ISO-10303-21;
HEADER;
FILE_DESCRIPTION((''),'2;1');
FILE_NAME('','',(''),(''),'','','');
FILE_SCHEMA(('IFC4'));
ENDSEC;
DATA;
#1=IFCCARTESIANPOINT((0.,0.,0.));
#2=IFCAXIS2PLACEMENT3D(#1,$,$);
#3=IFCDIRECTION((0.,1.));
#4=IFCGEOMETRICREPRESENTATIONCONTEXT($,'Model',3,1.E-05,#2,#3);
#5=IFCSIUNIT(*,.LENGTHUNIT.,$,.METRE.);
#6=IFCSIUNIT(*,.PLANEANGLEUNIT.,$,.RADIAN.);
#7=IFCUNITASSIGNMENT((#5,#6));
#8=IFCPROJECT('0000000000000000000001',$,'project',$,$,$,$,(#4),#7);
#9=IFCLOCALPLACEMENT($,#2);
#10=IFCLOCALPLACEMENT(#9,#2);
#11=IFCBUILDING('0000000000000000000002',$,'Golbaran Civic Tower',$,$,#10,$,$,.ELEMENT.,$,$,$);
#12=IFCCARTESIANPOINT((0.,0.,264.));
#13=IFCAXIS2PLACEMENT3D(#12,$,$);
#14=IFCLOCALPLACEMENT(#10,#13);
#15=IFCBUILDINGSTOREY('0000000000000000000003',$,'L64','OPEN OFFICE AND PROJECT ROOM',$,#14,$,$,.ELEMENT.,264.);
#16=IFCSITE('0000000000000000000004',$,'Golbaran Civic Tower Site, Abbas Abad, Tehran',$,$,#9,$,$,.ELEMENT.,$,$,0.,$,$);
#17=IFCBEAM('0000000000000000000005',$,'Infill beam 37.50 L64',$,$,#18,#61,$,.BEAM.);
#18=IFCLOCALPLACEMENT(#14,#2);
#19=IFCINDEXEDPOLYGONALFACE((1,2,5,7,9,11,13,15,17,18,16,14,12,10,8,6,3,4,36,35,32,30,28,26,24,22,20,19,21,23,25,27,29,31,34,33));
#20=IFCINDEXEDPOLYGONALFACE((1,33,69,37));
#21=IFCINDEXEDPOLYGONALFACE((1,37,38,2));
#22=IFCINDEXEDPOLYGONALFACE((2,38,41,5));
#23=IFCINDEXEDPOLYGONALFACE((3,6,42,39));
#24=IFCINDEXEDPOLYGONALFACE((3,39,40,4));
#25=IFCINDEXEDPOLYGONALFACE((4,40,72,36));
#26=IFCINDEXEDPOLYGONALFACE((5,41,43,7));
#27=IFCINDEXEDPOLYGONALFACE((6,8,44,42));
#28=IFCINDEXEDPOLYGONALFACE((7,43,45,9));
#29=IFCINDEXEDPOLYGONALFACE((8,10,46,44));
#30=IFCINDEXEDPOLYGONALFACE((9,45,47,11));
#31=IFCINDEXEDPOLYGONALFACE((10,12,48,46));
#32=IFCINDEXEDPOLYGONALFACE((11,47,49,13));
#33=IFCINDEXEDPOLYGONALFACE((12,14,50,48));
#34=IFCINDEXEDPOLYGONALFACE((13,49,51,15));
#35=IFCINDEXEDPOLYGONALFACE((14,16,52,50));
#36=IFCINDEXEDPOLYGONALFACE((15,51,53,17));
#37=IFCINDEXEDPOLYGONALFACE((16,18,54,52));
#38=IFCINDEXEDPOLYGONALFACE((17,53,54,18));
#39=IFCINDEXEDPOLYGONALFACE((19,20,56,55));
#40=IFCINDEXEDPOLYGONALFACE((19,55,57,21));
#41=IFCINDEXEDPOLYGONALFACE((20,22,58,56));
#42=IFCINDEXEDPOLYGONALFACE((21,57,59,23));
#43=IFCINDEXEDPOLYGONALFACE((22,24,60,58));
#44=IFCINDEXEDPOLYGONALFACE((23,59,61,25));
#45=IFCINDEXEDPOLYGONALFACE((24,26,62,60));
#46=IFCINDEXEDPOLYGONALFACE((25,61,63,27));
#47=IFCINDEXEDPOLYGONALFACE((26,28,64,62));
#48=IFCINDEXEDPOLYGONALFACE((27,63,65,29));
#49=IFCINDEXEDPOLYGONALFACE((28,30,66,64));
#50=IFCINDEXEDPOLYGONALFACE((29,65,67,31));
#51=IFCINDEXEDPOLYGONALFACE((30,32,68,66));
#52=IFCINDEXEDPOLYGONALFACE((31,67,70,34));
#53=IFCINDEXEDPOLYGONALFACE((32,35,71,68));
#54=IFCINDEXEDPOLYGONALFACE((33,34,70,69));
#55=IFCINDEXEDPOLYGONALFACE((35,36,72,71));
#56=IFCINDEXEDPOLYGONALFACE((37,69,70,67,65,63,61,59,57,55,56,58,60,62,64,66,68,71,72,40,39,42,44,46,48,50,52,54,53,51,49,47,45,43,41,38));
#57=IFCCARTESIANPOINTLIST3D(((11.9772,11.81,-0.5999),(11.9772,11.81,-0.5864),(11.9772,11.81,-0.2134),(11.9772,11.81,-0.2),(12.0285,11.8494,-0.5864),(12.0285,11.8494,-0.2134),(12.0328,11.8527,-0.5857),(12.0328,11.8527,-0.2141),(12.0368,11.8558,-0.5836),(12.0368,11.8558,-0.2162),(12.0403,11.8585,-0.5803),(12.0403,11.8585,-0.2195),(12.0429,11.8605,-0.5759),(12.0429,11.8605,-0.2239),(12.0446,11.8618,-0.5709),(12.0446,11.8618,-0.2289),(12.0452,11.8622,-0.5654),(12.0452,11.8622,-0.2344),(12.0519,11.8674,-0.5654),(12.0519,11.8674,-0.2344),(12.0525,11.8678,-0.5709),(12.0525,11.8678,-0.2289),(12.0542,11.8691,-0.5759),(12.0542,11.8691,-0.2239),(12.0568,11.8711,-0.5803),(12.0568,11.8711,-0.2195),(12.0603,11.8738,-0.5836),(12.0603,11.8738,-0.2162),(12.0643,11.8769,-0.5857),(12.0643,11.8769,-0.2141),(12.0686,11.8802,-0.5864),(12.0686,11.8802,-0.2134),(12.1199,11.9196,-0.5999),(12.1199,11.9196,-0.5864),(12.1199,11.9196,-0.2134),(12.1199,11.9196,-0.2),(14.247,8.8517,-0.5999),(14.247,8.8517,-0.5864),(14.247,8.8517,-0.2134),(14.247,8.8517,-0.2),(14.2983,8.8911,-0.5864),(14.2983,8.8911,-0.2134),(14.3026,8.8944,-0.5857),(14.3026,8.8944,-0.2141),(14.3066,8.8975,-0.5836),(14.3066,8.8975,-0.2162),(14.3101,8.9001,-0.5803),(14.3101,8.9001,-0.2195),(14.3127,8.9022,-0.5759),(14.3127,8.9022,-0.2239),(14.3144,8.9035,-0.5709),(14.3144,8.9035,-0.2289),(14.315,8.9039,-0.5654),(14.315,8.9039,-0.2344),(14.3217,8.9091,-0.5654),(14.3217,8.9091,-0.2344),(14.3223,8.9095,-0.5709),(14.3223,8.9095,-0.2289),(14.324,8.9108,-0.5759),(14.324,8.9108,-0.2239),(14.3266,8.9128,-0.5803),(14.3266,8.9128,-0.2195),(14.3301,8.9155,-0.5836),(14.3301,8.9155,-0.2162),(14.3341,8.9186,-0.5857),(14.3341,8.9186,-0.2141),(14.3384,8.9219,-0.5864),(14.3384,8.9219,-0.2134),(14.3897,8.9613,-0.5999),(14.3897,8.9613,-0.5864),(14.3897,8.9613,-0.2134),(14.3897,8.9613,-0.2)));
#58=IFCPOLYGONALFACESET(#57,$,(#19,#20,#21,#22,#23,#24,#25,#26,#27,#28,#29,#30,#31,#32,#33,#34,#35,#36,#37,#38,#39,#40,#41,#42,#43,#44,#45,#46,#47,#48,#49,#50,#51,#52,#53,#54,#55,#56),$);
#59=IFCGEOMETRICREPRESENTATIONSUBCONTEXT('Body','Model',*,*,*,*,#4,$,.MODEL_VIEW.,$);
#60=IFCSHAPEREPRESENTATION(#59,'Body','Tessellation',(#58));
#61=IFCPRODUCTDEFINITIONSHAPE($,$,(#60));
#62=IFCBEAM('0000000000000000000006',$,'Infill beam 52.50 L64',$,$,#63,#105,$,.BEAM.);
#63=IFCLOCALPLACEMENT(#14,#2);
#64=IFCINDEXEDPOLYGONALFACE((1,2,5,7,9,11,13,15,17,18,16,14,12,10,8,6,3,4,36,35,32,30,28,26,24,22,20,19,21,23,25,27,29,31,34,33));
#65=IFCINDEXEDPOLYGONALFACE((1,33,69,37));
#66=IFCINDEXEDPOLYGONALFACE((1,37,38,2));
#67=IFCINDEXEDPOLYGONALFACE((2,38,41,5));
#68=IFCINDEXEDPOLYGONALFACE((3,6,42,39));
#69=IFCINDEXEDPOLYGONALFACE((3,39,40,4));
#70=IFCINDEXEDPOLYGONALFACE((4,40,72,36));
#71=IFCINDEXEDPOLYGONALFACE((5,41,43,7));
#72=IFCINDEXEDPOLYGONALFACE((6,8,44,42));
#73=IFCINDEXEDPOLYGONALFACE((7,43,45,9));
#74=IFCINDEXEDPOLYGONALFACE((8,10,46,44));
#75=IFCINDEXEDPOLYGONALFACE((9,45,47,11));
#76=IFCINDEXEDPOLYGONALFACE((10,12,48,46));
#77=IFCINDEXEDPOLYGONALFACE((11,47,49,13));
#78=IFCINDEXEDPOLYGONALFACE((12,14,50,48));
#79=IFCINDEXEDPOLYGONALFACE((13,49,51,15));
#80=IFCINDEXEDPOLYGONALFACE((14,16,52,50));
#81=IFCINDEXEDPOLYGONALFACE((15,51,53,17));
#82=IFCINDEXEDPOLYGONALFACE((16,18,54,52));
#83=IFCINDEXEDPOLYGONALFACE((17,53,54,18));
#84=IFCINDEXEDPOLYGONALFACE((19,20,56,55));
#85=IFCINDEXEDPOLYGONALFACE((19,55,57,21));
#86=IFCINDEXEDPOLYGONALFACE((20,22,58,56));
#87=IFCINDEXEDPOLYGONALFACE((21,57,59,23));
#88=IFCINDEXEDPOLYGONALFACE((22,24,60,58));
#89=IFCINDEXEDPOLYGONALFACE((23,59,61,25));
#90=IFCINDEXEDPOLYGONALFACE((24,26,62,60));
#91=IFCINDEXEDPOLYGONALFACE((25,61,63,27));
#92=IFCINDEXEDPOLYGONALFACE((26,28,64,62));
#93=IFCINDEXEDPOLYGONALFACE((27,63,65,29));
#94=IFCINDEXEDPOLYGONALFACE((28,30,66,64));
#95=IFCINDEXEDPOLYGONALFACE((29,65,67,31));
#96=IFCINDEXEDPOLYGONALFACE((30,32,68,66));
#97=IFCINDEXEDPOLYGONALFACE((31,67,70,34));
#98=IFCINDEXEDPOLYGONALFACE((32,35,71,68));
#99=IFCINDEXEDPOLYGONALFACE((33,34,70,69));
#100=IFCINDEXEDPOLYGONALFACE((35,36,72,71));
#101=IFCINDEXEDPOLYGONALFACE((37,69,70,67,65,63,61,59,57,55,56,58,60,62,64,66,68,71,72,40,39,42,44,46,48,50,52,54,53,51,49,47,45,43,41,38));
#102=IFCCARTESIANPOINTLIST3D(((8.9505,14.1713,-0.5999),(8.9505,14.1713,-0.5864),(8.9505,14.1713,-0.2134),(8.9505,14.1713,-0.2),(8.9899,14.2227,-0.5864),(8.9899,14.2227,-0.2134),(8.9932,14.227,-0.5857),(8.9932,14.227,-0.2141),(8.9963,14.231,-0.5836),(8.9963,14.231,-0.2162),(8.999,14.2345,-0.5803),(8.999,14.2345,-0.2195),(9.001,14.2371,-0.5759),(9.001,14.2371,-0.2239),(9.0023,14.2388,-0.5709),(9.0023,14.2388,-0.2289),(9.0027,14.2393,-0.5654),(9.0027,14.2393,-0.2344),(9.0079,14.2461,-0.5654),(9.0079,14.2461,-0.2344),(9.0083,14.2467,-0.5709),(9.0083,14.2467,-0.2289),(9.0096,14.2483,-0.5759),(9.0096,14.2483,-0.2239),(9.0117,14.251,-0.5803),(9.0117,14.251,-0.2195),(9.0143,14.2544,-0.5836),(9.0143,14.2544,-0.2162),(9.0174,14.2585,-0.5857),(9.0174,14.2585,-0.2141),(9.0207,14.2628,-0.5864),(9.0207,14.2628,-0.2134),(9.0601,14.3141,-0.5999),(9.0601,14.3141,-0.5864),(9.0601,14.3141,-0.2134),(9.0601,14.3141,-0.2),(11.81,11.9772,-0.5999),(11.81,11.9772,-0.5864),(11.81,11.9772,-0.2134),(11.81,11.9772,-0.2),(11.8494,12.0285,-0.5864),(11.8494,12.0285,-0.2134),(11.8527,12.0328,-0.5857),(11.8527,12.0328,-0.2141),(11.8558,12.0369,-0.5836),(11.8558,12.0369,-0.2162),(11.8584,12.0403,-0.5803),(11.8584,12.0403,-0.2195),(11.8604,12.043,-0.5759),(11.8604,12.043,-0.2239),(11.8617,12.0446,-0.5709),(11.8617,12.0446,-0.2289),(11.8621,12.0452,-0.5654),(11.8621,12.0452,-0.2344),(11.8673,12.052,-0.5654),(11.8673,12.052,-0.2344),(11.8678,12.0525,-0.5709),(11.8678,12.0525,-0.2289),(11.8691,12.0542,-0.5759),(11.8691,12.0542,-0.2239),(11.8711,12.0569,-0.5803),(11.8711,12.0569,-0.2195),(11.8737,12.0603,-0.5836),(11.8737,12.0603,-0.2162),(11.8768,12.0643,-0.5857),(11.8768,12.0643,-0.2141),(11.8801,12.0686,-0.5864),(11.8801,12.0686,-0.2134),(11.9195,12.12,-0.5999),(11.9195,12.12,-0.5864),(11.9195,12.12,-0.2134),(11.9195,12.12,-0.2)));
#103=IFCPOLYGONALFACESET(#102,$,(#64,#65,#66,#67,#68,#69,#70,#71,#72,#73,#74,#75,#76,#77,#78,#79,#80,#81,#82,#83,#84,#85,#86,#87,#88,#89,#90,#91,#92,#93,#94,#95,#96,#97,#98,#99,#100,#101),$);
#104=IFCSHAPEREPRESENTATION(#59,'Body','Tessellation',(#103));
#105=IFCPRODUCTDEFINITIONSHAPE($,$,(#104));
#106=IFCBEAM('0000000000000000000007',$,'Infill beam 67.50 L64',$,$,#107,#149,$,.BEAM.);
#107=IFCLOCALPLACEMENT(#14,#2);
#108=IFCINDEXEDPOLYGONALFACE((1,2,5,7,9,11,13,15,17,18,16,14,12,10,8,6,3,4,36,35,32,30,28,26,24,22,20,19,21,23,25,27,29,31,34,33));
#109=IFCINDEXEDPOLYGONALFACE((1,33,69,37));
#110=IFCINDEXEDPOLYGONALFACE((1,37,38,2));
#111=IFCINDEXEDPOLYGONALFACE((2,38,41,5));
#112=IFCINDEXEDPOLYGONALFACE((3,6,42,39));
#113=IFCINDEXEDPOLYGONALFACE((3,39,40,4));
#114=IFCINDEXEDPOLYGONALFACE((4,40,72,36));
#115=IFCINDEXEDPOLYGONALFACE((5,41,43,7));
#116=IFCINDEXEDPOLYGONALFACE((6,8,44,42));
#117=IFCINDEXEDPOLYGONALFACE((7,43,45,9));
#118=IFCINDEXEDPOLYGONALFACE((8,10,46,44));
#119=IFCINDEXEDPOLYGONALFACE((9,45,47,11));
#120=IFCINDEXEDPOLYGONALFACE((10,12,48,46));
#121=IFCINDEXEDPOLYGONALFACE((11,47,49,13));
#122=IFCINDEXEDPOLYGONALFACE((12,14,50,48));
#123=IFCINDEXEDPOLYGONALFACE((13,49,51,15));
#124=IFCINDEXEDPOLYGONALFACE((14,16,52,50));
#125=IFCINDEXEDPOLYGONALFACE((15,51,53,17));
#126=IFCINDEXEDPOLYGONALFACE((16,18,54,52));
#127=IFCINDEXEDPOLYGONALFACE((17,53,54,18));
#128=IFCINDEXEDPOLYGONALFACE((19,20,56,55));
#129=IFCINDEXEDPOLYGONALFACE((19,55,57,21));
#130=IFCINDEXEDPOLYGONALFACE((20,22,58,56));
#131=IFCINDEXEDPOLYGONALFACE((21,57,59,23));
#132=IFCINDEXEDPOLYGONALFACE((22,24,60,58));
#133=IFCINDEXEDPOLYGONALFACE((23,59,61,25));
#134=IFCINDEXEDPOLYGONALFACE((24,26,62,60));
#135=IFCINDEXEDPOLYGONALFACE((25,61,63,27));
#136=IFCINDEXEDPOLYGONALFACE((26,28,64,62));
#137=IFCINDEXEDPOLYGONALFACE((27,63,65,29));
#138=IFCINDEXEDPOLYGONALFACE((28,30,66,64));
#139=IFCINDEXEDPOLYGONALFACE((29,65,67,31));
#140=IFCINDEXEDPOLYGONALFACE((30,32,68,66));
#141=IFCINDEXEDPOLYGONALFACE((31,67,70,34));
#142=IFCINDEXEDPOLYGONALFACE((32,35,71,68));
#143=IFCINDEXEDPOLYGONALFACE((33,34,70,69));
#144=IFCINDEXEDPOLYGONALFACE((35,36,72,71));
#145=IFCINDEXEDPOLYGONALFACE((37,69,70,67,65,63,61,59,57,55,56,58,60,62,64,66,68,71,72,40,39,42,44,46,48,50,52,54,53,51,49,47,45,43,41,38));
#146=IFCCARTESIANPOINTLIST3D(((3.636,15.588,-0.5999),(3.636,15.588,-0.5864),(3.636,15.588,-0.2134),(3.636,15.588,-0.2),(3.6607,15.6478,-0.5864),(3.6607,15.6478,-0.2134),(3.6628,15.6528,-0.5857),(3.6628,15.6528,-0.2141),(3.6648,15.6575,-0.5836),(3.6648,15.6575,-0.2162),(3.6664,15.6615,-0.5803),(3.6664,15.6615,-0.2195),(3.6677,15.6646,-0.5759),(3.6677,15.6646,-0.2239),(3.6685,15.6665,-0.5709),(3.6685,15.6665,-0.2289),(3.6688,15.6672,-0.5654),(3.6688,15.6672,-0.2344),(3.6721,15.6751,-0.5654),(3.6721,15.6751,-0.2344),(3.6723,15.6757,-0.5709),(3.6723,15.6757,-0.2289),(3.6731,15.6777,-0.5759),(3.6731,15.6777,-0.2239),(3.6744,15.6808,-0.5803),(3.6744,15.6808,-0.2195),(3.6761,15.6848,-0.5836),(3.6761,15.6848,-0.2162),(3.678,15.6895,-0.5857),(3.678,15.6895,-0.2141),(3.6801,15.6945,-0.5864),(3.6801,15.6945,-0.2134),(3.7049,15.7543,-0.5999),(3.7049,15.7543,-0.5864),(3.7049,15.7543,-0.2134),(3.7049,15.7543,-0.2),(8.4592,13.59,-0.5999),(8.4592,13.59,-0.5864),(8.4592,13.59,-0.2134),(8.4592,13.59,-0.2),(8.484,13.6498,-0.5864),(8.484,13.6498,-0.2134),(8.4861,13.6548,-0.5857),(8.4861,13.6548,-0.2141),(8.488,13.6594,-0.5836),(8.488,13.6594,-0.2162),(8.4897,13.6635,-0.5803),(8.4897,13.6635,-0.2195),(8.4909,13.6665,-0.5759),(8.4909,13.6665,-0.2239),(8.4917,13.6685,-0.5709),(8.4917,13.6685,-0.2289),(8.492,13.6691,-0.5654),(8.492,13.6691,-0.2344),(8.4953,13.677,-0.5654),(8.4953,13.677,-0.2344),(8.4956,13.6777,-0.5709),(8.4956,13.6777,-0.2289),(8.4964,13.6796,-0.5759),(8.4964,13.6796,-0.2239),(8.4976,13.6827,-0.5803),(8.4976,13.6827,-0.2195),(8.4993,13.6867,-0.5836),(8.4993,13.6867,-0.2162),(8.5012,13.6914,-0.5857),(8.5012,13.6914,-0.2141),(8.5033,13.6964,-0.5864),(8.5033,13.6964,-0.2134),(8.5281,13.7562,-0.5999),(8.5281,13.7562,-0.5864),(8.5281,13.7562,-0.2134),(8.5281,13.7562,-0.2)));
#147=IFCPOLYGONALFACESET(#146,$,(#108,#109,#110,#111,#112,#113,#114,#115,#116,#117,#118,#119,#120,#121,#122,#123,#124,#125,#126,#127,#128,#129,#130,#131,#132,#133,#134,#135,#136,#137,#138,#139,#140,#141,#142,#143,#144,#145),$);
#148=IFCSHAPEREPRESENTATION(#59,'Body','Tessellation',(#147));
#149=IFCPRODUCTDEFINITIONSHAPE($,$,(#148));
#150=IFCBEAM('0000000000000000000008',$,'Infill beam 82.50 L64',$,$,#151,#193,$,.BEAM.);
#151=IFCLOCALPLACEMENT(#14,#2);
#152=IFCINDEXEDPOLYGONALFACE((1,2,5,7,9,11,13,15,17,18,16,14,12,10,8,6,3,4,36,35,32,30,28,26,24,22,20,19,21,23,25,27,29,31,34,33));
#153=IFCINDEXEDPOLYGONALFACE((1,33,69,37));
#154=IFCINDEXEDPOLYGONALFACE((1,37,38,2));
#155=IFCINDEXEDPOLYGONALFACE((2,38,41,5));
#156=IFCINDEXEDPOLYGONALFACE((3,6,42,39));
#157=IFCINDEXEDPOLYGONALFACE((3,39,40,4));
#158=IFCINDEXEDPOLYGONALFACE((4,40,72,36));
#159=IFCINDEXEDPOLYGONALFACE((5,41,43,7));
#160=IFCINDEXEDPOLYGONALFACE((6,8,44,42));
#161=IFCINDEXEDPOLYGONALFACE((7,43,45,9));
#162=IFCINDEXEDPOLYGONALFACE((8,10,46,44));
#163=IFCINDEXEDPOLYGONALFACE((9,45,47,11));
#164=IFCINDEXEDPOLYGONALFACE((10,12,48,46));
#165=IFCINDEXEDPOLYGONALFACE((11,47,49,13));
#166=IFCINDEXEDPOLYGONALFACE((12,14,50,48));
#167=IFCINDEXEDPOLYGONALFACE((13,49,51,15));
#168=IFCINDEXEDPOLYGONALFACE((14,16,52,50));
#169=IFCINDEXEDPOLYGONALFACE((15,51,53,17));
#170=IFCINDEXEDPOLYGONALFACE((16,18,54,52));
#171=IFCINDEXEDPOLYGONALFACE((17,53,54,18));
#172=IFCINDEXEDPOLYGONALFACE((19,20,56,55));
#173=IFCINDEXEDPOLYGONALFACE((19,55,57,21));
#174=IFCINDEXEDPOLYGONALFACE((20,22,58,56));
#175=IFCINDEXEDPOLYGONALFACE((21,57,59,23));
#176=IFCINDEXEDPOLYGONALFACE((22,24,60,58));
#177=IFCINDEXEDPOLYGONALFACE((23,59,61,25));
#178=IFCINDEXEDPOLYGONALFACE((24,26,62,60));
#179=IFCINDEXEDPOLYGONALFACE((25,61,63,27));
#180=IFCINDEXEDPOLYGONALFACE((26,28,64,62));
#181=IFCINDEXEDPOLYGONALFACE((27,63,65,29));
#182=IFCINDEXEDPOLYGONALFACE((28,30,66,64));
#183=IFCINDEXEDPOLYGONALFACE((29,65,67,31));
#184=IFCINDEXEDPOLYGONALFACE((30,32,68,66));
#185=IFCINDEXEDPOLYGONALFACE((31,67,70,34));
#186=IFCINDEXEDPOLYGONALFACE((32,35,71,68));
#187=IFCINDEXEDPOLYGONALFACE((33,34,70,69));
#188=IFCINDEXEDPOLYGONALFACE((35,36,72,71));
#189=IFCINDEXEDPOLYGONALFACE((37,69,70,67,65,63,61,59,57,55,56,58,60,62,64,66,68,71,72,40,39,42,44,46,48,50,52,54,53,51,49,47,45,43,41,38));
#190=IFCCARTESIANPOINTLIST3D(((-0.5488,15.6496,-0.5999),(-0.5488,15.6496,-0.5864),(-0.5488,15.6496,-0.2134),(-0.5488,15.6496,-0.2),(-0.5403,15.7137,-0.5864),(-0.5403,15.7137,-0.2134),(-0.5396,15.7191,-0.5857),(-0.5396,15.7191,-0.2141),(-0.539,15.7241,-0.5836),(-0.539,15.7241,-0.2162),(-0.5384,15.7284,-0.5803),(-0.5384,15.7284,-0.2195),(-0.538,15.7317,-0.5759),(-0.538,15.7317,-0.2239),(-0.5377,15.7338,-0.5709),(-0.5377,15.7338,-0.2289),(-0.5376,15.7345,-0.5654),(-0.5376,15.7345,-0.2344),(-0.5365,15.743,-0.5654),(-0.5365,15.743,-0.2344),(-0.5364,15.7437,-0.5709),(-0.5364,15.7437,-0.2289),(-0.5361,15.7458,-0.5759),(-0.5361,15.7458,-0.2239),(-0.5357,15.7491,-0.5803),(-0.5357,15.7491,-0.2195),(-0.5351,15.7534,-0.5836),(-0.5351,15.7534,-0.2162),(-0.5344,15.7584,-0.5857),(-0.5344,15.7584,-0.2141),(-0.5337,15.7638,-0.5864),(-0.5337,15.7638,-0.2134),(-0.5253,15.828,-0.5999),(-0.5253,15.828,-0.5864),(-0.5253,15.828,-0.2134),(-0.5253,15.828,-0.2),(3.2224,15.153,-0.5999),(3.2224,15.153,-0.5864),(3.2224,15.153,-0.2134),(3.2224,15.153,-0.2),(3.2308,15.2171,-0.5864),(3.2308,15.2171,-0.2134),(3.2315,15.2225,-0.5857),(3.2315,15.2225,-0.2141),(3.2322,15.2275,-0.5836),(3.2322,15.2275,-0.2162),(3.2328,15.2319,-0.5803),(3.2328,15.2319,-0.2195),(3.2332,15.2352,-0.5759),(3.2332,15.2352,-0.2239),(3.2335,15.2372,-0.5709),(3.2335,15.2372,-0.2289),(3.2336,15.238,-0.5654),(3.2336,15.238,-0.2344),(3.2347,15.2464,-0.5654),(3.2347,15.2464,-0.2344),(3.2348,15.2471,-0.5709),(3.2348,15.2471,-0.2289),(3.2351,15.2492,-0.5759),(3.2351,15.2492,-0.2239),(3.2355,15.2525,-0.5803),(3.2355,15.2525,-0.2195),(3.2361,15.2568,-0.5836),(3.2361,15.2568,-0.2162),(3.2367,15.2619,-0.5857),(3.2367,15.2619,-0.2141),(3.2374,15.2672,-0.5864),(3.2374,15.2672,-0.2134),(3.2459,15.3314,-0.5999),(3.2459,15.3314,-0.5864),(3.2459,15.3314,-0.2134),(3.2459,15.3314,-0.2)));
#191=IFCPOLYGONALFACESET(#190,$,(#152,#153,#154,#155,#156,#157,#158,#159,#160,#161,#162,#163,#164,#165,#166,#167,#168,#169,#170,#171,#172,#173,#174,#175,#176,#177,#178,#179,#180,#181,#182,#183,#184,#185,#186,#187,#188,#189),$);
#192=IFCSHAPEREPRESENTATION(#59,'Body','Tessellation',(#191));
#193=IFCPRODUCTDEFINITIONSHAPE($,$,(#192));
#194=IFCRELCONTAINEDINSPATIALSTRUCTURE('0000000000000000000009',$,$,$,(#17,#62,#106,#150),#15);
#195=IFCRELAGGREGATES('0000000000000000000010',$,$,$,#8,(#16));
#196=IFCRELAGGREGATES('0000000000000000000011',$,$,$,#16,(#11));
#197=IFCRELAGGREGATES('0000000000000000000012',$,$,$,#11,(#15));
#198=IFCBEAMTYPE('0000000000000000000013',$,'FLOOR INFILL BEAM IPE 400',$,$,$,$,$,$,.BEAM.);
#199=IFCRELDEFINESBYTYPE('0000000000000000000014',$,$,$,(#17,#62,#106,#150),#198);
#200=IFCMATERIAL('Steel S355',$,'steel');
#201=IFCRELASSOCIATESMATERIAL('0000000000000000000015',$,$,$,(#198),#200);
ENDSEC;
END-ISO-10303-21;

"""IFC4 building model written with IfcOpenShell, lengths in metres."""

from ifc_helpers import new_model, si_unit, direction, frame, origin, origin_2d, place, context, subcontext, project, spatial, i_section, extrude, material, material_profile, profile_set, type_object, element, save


model = new_model("IFC4")

# Units and contexts
model_context = context("Model", 3, precision=1e-05, world=origin(), true_north=direction((0.0, 1.0)))
body_context = subcontext(model_context, "Body", "Model", "MODEL_VIEW")
ifc_project = project(units=[si_unit("LENGTHUNIT", "METRE"), si_unit("PLANEANGLEUNIT", "RADIAN")], contexts=[model_context])

# Site, building, storey
site_placement = place(None, origin())
site = spatial("IfcSite", under=ifc_project, at=site_placement, Name="Golbaran Civic Tower Site, Abbas Abad, Tehran", CompositionType="ELEMENT", RefElevation=0.0)
building_placement = place(site_placement, origin())
building = spatial("IfcBuilding", under=site, at=building_placement, Name="Golbaran Civic Tower", CompositionType="ELEMENT")
storey_placement = place(building_placement, frame((0.0, 0.0, 264.0)))
storey = spatial("IfcBuildingStorey", under=building, at=storey_placement, Name="L64", Description="OPEN OFFICE AND PROJECT ROOM", CompositionType="ELEMENT", Elevation=264.0)

# Beams
ifc_material_1 = material(Name="Steel S355", Category="steel")
ifc_material_profile_1 = material_profile(ifc_material_1, i_section(OverallWidth=0.1799, OverallDepth=0.3999, WebThickness=0.0085, FlangeThickness=0.0134, FilletRadius=0.021, at=origin_2d()), Name="IPE 400")
ifc_profile_set_1 = profile_set([ifc_material_profile_1], Name="Steel S355")
beam_type_1 = type_object("IfcBeamType", Name="FLOOR INFILL BEAM IPE 400", PredefinedType="BEAM", material=ifc_profile_set_1)
beam_1_placement = place(storey_placement, frame((14.3184, 8.9065, -0.3999), z_axis=(-0.608733, 0.793376, 0.0), x_axis=(-0.793376, -0.608733, 0.0)))
element("IfcBeam", 1, at=beam_1_placement, inside=storey, type_object=beam_type_1, Name="Infill beam 37.50 L64", PredefinedType="BEAM", context=body_context, shape_type="SweptSolid", body=[
    extrude(i_section(OverallWidth=0.1799, OverallDepth=0.3999, WebThickness=0.0085, FlangeThickness=0.0134, FilletRadius=0.021, at=origin_2d()), origin(), (0.0, 0.0, 1.0), 3.7288),
])
beam_2_placement = place(storey_placement, frame((11.8647, 12.0486, -0.3999), z_axis=(-0.793351, 0.608764, 0.0), x_axis=(-0.608764, -0.793351, 0.0)))
element("IfcBeam", 2, at=beam_2_placement, inside=storey, type_object=beam_type_1, Name="Infill beam 52.50 L64", PredefinedType="BEAM", context=body_context, shape_type="SweptSolid", body=[
    extrude(i_section(OverallWidth=0.1799, OverallDepth=0.3999, WebThickness=0.0085, FlangeThickness=0.0134, FilletRadius=0.021, at=origin_2d()), origin(), (0.0, 0.0, 1.0), 3.6042),
])
beam_3_placement = place(storey_placement, frame((8.4937, 13.6731, -0.3999), z_axis=(-0.923866, 0.382715, 0.0), x_axis=(-0.382715, -0.923866, 0.0)))
element("IfcBeam", 3, at=beam_3_placement, inside=storey, type_object=beam_type_1, Name="Infill beam 67.50 L64", PredefinedType="BEAM", context=body_context, shape_type="SweptSolid", body=[
    extrude(i_section(OverallWidth=0.1799, OverallDepth=0.3999, WebThickness=0.0085, FlangeThickness=0.0134, FilletRadius=0.021, at=origin_2d()), origin(), (0.0, 0.0, 1.0), 5.2207),
])
beam_4_placement = place(storey_placement, frame((3.2341, 15.2422, -0.3999), z_axis=(-0.991442, 0.130549, 0.0), x_axis=(-0.130549, -0.991442, 0.0)))
element("IfcBeam", 4, at=beam_4_placement, inside=storey, type_object=beam_type_1, Name="Infill beam 82.50 L64", PredefinedType="BEAM", context=body_context, shape_type="SweptSolid", body=[
    extrude(i_section(OverallWidth=0.1799, OverallDepth=0.3999, WebThickness=0.0085, FlangeThickness=0.0134, FilletRadius=0.021, at=origin_2d()), origin(), (0.0, 0.0, 1.0), 3.8037),
])

save(model, "model.ifc")
